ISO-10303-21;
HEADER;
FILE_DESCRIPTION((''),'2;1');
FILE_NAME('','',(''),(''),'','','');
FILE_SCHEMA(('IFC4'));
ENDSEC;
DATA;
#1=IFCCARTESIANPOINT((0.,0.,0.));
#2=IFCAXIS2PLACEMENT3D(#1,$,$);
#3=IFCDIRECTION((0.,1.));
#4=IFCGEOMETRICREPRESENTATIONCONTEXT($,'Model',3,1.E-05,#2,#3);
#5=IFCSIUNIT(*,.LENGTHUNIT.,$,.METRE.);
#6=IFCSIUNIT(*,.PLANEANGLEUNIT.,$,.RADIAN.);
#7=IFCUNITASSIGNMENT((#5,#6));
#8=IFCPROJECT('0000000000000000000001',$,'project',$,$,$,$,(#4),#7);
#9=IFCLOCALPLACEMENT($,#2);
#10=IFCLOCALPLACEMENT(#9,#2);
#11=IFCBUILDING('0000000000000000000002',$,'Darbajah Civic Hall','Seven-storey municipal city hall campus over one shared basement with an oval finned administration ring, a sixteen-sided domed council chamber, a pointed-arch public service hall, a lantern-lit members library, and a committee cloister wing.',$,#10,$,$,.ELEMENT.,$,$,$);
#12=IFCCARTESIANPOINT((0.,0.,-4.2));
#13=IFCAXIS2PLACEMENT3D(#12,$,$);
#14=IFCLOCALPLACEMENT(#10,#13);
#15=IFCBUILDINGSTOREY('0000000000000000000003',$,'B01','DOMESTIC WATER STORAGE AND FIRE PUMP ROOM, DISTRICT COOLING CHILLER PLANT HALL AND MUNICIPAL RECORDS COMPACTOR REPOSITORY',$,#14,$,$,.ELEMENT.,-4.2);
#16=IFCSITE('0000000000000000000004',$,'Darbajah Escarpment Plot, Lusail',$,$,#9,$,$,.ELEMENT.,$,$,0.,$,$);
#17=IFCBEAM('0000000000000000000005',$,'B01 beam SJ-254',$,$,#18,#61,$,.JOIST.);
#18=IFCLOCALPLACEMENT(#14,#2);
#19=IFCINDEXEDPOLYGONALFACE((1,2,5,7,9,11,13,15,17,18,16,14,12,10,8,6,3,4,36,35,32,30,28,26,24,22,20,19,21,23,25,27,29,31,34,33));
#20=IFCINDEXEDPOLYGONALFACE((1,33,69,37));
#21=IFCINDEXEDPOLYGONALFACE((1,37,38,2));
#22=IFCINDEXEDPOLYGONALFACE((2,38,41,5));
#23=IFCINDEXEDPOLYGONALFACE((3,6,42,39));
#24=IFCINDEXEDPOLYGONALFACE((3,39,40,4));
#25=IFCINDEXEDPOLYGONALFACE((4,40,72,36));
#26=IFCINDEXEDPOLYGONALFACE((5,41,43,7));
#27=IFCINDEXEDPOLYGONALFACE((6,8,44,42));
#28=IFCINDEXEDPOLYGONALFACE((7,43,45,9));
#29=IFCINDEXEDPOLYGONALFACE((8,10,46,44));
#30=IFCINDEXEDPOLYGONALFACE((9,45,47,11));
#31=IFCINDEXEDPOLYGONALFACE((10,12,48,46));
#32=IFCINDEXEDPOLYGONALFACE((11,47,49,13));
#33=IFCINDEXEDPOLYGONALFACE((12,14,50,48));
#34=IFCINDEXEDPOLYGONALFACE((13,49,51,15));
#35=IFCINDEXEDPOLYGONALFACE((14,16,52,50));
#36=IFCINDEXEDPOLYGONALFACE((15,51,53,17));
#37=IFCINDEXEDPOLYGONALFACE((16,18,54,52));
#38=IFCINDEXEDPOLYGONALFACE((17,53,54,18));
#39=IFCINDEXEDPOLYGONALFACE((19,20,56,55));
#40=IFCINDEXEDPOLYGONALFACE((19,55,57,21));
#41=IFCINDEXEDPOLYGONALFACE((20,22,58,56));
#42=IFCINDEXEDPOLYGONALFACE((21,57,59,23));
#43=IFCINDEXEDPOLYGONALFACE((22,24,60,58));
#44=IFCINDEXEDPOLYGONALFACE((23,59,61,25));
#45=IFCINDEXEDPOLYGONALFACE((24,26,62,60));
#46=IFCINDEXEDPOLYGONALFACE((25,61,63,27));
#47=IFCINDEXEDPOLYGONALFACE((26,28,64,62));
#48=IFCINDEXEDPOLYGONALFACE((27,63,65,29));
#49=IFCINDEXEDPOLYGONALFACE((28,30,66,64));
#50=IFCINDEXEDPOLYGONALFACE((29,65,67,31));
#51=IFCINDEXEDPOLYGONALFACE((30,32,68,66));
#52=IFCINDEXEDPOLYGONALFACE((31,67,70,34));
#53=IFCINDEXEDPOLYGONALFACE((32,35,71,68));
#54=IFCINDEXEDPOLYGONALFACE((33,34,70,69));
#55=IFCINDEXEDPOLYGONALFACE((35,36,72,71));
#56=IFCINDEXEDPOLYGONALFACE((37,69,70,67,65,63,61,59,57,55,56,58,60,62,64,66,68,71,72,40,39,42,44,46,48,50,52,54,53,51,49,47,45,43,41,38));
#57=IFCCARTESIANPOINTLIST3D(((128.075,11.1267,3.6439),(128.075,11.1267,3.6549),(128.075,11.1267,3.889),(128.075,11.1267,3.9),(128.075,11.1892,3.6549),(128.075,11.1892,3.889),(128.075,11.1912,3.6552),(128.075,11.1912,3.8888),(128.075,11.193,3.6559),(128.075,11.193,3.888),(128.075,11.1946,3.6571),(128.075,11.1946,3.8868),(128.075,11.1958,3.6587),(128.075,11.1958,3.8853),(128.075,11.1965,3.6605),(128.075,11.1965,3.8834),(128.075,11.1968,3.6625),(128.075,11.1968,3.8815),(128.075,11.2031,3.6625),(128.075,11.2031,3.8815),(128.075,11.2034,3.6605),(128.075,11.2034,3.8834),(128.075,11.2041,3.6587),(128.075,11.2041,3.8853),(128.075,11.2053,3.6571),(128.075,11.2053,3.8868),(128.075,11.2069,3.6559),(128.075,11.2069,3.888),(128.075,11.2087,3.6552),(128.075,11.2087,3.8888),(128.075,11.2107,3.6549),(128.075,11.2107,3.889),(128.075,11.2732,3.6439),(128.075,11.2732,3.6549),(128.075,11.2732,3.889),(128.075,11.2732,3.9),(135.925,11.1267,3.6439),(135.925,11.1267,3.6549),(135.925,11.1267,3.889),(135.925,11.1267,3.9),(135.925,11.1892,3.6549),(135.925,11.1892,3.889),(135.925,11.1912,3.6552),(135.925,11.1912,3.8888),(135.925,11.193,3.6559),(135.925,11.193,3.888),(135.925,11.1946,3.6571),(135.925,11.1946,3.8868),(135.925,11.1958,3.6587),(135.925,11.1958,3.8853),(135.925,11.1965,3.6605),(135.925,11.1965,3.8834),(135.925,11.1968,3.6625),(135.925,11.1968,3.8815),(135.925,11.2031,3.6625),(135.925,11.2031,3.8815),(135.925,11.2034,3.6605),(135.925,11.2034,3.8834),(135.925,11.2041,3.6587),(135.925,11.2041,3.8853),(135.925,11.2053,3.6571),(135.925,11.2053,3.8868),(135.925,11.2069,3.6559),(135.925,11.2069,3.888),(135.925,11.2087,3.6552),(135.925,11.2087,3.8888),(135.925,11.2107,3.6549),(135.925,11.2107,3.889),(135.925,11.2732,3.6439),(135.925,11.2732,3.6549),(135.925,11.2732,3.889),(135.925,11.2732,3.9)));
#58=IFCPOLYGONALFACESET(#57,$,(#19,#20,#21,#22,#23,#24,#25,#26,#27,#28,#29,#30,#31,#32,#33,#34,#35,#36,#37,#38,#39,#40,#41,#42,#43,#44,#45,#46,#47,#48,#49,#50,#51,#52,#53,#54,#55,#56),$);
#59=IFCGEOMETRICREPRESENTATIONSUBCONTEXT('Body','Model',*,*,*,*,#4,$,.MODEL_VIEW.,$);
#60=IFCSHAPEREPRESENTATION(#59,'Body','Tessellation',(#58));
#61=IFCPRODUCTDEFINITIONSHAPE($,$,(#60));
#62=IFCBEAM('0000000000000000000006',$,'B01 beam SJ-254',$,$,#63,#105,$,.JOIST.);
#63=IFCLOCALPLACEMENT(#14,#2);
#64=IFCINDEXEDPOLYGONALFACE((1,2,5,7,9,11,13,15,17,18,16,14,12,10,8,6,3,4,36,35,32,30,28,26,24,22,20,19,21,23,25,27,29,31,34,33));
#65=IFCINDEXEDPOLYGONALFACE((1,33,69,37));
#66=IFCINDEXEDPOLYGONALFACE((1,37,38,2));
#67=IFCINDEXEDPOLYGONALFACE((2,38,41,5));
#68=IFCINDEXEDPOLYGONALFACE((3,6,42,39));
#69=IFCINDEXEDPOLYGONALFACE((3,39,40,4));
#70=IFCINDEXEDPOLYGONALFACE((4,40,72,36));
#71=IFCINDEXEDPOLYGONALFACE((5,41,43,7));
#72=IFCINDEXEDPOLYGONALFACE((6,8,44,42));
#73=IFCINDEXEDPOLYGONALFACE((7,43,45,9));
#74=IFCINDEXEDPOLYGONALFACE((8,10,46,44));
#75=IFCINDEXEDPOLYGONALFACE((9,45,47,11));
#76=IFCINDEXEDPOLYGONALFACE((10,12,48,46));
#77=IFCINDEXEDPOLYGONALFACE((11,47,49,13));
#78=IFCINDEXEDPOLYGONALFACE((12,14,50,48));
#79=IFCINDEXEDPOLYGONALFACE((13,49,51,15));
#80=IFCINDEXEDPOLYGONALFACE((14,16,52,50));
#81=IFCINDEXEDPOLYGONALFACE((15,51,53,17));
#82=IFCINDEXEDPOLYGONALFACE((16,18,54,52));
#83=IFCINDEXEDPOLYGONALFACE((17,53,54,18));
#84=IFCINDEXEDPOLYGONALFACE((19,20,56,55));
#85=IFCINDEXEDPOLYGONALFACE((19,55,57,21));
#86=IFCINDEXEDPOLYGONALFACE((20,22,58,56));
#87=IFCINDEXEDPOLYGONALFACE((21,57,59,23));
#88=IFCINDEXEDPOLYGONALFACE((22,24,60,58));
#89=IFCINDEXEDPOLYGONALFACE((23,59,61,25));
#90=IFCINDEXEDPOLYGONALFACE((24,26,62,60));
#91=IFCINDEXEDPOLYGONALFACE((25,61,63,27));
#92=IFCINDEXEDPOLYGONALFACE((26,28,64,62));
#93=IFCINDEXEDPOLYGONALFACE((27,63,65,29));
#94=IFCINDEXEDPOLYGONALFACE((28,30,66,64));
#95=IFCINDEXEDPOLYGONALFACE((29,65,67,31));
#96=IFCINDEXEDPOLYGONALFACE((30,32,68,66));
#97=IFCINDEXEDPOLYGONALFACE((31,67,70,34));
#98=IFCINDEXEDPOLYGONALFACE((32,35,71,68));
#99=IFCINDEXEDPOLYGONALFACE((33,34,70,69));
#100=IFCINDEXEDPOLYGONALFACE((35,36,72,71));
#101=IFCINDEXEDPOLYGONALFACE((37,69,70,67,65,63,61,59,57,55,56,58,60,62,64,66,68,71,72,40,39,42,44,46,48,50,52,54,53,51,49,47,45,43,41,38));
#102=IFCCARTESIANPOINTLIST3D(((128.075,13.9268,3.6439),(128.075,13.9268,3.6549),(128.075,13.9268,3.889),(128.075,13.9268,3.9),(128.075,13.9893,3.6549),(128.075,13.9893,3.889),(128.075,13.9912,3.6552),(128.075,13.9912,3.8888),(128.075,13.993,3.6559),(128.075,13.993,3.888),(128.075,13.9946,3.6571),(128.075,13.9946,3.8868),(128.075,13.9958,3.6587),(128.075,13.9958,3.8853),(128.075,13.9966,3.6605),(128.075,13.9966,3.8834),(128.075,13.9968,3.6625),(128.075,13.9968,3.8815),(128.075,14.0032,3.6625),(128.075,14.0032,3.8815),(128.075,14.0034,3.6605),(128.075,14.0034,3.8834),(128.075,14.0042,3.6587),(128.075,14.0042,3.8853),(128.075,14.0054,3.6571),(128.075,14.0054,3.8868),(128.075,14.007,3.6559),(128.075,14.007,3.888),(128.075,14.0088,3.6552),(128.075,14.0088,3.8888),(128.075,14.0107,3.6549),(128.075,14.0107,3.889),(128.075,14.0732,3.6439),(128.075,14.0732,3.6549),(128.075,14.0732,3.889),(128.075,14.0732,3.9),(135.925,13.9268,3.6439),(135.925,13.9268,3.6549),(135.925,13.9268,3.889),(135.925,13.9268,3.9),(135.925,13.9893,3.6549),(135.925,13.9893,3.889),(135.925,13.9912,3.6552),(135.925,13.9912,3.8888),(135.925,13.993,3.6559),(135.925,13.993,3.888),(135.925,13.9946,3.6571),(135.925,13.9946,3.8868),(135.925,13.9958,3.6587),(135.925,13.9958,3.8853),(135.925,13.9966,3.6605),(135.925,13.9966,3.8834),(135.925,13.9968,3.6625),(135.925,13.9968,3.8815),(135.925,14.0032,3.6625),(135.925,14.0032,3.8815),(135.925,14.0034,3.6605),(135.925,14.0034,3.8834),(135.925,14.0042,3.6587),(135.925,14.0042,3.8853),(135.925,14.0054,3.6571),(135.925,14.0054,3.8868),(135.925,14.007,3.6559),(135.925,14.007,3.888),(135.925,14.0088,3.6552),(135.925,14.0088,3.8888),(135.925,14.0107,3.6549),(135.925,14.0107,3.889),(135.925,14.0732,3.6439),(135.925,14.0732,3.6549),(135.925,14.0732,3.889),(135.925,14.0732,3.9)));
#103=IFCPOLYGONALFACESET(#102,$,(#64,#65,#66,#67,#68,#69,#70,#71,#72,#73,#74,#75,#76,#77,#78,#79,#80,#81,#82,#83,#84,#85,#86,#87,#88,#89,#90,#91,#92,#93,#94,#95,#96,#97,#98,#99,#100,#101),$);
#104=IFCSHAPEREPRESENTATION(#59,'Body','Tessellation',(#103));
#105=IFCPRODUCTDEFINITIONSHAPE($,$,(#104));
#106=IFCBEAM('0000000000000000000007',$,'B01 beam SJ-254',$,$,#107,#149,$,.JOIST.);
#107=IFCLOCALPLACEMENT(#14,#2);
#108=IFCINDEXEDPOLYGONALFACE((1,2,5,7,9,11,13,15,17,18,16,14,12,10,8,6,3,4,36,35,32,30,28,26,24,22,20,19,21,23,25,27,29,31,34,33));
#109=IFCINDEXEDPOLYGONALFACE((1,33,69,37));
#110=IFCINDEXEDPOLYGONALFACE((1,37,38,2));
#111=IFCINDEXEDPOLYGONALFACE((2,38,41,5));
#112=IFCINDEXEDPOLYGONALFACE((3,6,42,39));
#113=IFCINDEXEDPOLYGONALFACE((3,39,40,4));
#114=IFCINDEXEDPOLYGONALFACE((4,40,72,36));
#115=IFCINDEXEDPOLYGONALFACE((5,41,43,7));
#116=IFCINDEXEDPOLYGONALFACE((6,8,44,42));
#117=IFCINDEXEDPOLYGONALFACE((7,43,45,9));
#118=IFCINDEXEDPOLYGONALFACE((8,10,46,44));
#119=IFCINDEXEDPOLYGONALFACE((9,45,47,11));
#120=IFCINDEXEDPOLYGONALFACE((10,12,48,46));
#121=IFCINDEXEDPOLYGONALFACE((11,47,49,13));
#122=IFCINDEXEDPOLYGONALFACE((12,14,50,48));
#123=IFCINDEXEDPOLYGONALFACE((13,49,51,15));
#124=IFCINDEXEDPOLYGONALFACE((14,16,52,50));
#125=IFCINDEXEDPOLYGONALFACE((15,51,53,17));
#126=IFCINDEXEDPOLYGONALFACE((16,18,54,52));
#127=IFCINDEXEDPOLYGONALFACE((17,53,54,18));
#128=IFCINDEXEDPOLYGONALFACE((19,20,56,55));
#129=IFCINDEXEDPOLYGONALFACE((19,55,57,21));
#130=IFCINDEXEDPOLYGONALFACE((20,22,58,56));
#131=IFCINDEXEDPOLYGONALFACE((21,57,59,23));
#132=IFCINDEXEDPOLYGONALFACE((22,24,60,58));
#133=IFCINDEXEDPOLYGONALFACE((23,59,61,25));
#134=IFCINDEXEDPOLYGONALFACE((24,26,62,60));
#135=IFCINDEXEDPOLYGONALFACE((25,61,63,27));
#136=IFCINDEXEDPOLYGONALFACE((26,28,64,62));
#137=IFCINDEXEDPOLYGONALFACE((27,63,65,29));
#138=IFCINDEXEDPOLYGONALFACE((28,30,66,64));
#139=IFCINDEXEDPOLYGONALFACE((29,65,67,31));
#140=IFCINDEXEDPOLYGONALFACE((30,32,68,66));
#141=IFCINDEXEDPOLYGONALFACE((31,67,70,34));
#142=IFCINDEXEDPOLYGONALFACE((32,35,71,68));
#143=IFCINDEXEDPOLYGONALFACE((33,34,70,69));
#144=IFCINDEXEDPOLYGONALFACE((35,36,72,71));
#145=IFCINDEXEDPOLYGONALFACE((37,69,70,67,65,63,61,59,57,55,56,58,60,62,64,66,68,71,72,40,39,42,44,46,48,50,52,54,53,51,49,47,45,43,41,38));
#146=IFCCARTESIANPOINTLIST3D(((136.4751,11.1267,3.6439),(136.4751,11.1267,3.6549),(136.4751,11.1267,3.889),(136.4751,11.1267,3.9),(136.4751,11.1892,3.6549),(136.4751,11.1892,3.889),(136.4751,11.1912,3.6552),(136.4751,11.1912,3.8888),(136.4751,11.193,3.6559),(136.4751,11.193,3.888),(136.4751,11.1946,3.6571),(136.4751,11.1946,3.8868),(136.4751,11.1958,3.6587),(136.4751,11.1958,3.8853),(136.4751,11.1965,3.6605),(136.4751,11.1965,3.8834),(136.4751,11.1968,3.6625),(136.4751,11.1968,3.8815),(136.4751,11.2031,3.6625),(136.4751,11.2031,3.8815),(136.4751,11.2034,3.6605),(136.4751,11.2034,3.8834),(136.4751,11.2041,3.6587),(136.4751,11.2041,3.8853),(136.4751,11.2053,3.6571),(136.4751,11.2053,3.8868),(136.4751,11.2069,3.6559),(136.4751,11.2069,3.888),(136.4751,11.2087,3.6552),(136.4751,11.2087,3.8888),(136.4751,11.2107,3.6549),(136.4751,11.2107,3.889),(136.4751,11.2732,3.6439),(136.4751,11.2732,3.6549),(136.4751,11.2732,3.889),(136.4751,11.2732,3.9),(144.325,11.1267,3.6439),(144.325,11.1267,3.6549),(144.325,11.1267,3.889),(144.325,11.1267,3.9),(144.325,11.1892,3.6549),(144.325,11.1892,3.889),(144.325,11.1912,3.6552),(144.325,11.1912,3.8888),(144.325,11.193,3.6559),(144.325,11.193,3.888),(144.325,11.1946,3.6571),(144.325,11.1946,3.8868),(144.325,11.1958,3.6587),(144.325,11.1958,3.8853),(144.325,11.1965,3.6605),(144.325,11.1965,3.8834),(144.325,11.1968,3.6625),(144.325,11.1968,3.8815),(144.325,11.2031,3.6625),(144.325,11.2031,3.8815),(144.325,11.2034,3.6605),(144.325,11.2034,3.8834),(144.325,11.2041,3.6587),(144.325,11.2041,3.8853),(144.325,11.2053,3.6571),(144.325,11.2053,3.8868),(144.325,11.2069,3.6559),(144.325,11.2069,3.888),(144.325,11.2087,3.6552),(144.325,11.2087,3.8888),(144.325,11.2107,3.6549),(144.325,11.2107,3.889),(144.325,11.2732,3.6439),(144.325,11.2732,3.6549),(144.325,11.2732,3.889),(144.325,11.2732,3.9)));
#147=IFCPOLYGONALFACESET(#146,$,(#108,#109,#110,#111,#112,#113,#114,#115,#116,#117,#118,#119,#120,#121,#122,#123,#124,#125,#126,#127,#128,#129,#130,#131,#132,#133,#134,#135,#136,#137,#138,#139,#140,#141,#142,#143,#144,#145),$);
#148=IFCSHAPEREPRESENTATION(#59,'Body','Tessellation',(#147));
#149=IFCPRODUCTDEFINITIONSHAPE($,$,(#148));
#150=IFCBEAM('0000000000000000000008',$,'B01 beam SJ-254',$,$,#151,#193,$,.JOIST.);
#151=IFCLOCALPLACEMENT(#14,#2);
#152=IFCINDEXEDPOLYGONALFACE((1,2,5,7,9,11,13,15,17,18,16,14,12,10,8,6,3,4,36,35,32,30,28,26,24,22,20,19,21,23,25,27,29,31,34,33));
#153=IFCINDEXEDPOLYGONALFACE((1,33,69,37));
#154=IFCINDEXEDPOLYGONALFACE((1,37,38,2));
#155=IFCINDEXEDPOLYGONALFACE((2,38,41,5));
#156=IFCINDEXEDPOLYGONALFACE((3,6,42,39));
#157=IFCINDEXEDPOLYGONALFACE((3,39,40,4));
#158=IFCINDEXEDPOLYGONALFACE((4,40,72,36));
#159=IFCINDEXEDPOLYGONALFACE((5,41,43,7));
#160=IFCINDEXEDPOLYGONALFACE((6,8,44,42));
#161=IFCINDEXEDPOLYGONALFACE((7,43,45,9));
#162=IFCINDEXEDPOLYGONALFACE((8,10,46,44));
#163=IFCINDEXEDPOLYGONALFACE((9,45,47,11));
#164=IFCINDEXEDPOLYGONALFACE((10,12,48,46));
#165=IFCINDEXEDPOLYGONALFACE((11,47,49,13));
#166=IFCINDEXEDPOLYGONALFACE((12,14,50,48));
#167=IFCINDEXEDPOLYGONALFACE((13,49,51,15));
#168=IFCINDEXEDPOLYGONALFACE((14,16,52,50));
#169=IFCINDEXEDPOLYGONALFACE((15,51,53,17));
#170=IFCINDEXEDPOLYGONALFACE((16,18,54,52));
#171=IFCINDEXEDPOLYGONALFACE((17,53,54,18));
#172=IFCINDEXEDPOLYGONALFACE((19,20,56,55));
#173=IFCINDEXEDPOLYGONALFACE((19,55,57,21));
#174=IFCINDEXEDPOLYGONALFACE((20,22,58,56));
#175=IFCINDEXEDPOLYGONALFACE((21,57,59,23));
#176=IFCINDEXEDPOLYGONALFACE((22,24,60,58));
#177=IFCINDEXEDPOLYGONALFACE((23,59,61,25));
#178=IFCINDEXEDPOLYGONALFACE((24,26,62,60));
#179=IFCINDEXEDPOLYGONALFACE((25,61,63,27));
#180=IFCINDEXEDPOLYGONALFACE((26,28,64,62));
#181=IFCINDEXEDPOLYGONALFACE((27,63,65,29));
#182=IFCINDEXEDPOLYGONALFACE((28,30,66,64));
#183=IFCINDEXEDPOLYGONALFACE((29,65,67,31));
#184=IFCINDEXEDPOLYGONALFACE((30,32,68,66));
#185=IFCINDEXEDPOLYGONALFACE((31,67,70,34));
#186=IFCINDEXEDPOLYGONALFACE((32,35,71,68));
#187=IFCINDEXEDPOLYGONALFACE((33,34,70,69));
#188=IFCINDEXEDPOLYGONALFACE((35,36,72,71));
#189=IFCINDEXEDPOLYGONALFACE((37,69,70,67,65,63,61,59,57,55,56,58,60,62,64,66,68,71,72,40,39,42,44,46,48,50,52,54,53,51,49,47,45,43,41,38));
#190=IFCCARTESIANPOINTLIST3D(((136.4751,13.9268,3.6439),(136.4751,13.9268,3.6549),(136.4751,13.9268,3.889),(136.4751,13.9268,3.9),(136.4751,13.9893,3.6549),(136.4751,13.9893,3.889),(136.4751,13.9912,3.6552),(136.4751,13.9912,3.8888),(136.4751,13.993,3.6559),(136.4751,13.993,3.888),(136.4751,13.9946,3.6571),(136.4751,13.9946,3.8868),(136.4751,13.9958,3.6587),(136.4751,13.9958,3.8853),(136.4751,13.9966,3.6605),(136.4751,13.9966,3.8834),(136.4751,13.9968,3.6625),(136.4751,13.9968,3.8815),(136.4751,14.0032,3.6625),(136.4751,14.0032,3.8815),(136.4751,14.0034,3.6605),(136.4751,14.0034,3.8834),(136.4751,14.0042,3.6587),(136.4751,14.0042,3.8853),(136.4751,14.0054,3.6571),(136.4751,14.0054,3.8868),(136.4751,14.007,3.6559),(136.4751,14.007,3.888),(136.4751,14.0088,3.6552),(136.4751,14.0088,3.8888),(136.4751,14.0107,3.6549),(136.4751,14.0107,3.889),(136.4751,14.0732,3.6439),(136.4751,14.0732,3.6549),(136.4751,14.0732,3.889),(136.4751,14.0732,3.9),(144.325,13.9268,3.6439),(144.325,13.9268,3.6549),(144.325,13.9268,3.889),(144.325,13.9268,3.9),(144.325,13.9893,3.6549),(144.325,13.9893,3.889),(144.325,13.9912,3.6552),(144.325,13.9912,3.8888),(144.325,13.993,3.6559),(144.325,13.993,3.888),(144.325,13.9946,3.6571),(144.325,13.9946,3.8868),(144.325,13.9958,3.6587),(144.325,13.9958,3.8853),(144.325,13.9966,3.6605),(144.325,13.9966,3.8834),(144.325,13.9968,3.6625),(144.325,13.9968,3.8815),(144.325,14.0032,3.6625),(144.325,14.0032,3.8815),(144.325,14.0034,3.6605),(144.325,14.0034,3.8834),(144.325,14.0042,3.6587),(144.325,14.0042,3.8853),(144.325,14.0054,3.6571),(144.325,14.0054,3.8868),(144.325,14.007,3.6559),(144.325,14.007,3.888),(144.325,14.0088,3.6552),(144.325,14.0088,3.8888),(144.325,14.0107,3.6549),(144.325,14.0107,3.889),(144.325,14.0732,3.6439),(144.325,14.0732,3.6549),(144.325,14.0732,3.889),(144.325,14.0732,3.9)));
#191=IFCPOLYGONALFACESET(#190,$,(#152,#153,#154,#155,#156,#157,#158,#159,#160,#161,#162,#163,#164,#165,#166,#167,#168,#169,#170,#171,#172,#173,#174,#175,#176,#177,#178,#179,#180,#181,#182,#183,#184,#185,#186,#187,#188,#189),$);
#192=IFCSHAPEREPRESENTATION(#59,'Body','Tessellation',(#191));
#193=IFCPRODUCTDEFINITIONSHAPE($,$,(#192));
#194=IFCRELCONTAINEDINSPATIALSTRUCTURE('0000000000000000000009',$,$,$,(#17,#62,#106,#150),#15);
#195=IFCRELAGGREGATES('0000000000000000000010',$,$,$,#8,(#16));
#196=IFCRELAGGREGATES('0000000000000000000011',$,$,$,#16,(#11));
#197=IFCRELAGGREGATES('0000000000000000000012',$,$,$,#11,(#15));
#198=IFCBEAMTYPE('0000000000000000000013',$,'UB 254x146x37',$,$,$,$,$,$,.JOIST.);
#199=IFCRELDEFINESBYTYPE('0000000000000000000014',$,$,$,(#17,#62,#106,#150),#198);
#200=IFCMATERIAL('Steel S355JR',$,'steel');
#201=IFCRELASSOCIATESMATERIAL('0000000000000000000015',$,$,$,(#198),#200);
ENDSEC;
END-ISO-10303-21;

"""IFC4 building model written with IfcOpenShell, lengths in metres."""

from ifc_helpers import new_model, si_unit, direction, frame, origin, origin_2d, place, context, subcontext, project, spatial, i_section, extrude, material, material_profile, profile_set, type_object, element, save


model = new_model("IFC4")

# Units and contexts
model_context = context("Model", 3, precision=1e-05, world=origin(), true_north=direction((0.0, 1.0)))
body_context = subcontext(model_context, "Body", "Model", "MODEL_VIEW")
ifc_project = project(units=[si_unit("LENGTHUNIT", "METRE"), si_unit("PLANEANGLEUNIT", "RADIAN")], contexts=[model_context])

# Site, building, storey
site_placement = place(None, origin())
site = spatial("IfcSite", under=ifc_project, at=site_placement, Name="Darbajah Escarpment Plot, Lusail", CompositionType="ELEMENT", RefElevation=0.0)
building_placement = place(site_placement, origin())
building = spatial("IfcBuilding", under=site, at=building_placement, Name="Darbajah Civic Hall", Description="Seven-storey municipal city hall campus over one shared basement with an oval finned administration ring, a sixteen-sided domed council chamber, a pointed-arch public service hall, a lantern-lit members library, and a committee cloister wing.", CompositionType="ELEMENT")
storey_placement = place(building_placement, frame((0.0, 0.0, -4.2)))
storey = spatial("IfcBuildingStorey", under=building, at=storey_placement, Name="B01", Description="DOMESTIC WATER STORAGE AND FIRE PUMP ROOM, DISTRICT COOLING CHILLER PLANT HALL AND MUNICIPAL RECORDS COMPACTOR REPOSITORY", CompositionType="ELEMENT", Elevation=-4.2)

# Beams
ifc_material_1 = material(Name="Steel S355JR", Category="steel")
ifc_material_profile_1 = material_profile(ifc_material_1, i_section(OverallWidth=0.1465, OverallDepth=0.2561, WebThickness=0.0063, FlangeThickness=0.011, FilletRadius=0.0076, at=origin_2d()), Name="UB 254x146x37")
ifc_profile_set_1 = profile_set([ifc_material_profile_1], Name="Steel S355JR")
beam_type_1 = type_object("IfcBeamType", Name="UB 254x146x37", PredefinedType="JOIST", material=ifc_profile_set_1)
for number, where, z_axis, x_axis, name in (
    (1, (128.075, 11.2, 3.772), (1.0, 0.0, 0.0), (0.0, 1.0, 0.0), "B01 beam SJ-254"),
    (2, (128.075, 14.0, 3.772), (1.0, 0.0, 0.0), (0.0, 1.0, 0.0), "B01 beam SJ-254"),
):
    element("IfcBeam", number, at=place(storey_placement, frame(where, z_axis=z_axis, x_axis=x_axis)), inside=storey, type_object=beam_type_1, Name=name, PredefinedType="JOIST", context=body_context, shape_type="SweptSolid", body=[
        extrude(i_section(OverallWidth=0.1465, OverallDepth=0.2561, WebThickness=0.0063, FlangeThickness=0.011, FilletRadius=0.0076, at=origin_2d()), origin(), (0.0, 0.0, 1.0), 7.8501),
    ])
for number, where, z_axis, x_axis, name in (
    (3, (136.4751, 11.2, 3.772), (1.0, 0.0, 0.0), (0.0, 1.0, 0.0), "B01 beam SJ-254"),
    (4, (136.4751, 14.0, 3.772), (1.0, 0.0, 0.0), (0.0, 1.0, 0.0), "B01 beam SJ-254"),
):
    element("IfcBeam", number, at=place(storey_placement, frame(where, z_axis=z_axis, x_axis=x_axis)), inside=storey, type_object=beam_type_1, Name=name, PredefinedType="JOIST", context=body_context, shape_type="SweptSolid", body=[
        extrude(i_section(OverallWidth=0.1465, OverallDepth=0.2561, WebThickness=0.0063, FlangeThickness=0.011, FilletRadius=0.0076, at=origin_2d()), origin(), (0.0, 0.0, 1.0), 7.8499),
    ])

save(model, "model.ifc")
